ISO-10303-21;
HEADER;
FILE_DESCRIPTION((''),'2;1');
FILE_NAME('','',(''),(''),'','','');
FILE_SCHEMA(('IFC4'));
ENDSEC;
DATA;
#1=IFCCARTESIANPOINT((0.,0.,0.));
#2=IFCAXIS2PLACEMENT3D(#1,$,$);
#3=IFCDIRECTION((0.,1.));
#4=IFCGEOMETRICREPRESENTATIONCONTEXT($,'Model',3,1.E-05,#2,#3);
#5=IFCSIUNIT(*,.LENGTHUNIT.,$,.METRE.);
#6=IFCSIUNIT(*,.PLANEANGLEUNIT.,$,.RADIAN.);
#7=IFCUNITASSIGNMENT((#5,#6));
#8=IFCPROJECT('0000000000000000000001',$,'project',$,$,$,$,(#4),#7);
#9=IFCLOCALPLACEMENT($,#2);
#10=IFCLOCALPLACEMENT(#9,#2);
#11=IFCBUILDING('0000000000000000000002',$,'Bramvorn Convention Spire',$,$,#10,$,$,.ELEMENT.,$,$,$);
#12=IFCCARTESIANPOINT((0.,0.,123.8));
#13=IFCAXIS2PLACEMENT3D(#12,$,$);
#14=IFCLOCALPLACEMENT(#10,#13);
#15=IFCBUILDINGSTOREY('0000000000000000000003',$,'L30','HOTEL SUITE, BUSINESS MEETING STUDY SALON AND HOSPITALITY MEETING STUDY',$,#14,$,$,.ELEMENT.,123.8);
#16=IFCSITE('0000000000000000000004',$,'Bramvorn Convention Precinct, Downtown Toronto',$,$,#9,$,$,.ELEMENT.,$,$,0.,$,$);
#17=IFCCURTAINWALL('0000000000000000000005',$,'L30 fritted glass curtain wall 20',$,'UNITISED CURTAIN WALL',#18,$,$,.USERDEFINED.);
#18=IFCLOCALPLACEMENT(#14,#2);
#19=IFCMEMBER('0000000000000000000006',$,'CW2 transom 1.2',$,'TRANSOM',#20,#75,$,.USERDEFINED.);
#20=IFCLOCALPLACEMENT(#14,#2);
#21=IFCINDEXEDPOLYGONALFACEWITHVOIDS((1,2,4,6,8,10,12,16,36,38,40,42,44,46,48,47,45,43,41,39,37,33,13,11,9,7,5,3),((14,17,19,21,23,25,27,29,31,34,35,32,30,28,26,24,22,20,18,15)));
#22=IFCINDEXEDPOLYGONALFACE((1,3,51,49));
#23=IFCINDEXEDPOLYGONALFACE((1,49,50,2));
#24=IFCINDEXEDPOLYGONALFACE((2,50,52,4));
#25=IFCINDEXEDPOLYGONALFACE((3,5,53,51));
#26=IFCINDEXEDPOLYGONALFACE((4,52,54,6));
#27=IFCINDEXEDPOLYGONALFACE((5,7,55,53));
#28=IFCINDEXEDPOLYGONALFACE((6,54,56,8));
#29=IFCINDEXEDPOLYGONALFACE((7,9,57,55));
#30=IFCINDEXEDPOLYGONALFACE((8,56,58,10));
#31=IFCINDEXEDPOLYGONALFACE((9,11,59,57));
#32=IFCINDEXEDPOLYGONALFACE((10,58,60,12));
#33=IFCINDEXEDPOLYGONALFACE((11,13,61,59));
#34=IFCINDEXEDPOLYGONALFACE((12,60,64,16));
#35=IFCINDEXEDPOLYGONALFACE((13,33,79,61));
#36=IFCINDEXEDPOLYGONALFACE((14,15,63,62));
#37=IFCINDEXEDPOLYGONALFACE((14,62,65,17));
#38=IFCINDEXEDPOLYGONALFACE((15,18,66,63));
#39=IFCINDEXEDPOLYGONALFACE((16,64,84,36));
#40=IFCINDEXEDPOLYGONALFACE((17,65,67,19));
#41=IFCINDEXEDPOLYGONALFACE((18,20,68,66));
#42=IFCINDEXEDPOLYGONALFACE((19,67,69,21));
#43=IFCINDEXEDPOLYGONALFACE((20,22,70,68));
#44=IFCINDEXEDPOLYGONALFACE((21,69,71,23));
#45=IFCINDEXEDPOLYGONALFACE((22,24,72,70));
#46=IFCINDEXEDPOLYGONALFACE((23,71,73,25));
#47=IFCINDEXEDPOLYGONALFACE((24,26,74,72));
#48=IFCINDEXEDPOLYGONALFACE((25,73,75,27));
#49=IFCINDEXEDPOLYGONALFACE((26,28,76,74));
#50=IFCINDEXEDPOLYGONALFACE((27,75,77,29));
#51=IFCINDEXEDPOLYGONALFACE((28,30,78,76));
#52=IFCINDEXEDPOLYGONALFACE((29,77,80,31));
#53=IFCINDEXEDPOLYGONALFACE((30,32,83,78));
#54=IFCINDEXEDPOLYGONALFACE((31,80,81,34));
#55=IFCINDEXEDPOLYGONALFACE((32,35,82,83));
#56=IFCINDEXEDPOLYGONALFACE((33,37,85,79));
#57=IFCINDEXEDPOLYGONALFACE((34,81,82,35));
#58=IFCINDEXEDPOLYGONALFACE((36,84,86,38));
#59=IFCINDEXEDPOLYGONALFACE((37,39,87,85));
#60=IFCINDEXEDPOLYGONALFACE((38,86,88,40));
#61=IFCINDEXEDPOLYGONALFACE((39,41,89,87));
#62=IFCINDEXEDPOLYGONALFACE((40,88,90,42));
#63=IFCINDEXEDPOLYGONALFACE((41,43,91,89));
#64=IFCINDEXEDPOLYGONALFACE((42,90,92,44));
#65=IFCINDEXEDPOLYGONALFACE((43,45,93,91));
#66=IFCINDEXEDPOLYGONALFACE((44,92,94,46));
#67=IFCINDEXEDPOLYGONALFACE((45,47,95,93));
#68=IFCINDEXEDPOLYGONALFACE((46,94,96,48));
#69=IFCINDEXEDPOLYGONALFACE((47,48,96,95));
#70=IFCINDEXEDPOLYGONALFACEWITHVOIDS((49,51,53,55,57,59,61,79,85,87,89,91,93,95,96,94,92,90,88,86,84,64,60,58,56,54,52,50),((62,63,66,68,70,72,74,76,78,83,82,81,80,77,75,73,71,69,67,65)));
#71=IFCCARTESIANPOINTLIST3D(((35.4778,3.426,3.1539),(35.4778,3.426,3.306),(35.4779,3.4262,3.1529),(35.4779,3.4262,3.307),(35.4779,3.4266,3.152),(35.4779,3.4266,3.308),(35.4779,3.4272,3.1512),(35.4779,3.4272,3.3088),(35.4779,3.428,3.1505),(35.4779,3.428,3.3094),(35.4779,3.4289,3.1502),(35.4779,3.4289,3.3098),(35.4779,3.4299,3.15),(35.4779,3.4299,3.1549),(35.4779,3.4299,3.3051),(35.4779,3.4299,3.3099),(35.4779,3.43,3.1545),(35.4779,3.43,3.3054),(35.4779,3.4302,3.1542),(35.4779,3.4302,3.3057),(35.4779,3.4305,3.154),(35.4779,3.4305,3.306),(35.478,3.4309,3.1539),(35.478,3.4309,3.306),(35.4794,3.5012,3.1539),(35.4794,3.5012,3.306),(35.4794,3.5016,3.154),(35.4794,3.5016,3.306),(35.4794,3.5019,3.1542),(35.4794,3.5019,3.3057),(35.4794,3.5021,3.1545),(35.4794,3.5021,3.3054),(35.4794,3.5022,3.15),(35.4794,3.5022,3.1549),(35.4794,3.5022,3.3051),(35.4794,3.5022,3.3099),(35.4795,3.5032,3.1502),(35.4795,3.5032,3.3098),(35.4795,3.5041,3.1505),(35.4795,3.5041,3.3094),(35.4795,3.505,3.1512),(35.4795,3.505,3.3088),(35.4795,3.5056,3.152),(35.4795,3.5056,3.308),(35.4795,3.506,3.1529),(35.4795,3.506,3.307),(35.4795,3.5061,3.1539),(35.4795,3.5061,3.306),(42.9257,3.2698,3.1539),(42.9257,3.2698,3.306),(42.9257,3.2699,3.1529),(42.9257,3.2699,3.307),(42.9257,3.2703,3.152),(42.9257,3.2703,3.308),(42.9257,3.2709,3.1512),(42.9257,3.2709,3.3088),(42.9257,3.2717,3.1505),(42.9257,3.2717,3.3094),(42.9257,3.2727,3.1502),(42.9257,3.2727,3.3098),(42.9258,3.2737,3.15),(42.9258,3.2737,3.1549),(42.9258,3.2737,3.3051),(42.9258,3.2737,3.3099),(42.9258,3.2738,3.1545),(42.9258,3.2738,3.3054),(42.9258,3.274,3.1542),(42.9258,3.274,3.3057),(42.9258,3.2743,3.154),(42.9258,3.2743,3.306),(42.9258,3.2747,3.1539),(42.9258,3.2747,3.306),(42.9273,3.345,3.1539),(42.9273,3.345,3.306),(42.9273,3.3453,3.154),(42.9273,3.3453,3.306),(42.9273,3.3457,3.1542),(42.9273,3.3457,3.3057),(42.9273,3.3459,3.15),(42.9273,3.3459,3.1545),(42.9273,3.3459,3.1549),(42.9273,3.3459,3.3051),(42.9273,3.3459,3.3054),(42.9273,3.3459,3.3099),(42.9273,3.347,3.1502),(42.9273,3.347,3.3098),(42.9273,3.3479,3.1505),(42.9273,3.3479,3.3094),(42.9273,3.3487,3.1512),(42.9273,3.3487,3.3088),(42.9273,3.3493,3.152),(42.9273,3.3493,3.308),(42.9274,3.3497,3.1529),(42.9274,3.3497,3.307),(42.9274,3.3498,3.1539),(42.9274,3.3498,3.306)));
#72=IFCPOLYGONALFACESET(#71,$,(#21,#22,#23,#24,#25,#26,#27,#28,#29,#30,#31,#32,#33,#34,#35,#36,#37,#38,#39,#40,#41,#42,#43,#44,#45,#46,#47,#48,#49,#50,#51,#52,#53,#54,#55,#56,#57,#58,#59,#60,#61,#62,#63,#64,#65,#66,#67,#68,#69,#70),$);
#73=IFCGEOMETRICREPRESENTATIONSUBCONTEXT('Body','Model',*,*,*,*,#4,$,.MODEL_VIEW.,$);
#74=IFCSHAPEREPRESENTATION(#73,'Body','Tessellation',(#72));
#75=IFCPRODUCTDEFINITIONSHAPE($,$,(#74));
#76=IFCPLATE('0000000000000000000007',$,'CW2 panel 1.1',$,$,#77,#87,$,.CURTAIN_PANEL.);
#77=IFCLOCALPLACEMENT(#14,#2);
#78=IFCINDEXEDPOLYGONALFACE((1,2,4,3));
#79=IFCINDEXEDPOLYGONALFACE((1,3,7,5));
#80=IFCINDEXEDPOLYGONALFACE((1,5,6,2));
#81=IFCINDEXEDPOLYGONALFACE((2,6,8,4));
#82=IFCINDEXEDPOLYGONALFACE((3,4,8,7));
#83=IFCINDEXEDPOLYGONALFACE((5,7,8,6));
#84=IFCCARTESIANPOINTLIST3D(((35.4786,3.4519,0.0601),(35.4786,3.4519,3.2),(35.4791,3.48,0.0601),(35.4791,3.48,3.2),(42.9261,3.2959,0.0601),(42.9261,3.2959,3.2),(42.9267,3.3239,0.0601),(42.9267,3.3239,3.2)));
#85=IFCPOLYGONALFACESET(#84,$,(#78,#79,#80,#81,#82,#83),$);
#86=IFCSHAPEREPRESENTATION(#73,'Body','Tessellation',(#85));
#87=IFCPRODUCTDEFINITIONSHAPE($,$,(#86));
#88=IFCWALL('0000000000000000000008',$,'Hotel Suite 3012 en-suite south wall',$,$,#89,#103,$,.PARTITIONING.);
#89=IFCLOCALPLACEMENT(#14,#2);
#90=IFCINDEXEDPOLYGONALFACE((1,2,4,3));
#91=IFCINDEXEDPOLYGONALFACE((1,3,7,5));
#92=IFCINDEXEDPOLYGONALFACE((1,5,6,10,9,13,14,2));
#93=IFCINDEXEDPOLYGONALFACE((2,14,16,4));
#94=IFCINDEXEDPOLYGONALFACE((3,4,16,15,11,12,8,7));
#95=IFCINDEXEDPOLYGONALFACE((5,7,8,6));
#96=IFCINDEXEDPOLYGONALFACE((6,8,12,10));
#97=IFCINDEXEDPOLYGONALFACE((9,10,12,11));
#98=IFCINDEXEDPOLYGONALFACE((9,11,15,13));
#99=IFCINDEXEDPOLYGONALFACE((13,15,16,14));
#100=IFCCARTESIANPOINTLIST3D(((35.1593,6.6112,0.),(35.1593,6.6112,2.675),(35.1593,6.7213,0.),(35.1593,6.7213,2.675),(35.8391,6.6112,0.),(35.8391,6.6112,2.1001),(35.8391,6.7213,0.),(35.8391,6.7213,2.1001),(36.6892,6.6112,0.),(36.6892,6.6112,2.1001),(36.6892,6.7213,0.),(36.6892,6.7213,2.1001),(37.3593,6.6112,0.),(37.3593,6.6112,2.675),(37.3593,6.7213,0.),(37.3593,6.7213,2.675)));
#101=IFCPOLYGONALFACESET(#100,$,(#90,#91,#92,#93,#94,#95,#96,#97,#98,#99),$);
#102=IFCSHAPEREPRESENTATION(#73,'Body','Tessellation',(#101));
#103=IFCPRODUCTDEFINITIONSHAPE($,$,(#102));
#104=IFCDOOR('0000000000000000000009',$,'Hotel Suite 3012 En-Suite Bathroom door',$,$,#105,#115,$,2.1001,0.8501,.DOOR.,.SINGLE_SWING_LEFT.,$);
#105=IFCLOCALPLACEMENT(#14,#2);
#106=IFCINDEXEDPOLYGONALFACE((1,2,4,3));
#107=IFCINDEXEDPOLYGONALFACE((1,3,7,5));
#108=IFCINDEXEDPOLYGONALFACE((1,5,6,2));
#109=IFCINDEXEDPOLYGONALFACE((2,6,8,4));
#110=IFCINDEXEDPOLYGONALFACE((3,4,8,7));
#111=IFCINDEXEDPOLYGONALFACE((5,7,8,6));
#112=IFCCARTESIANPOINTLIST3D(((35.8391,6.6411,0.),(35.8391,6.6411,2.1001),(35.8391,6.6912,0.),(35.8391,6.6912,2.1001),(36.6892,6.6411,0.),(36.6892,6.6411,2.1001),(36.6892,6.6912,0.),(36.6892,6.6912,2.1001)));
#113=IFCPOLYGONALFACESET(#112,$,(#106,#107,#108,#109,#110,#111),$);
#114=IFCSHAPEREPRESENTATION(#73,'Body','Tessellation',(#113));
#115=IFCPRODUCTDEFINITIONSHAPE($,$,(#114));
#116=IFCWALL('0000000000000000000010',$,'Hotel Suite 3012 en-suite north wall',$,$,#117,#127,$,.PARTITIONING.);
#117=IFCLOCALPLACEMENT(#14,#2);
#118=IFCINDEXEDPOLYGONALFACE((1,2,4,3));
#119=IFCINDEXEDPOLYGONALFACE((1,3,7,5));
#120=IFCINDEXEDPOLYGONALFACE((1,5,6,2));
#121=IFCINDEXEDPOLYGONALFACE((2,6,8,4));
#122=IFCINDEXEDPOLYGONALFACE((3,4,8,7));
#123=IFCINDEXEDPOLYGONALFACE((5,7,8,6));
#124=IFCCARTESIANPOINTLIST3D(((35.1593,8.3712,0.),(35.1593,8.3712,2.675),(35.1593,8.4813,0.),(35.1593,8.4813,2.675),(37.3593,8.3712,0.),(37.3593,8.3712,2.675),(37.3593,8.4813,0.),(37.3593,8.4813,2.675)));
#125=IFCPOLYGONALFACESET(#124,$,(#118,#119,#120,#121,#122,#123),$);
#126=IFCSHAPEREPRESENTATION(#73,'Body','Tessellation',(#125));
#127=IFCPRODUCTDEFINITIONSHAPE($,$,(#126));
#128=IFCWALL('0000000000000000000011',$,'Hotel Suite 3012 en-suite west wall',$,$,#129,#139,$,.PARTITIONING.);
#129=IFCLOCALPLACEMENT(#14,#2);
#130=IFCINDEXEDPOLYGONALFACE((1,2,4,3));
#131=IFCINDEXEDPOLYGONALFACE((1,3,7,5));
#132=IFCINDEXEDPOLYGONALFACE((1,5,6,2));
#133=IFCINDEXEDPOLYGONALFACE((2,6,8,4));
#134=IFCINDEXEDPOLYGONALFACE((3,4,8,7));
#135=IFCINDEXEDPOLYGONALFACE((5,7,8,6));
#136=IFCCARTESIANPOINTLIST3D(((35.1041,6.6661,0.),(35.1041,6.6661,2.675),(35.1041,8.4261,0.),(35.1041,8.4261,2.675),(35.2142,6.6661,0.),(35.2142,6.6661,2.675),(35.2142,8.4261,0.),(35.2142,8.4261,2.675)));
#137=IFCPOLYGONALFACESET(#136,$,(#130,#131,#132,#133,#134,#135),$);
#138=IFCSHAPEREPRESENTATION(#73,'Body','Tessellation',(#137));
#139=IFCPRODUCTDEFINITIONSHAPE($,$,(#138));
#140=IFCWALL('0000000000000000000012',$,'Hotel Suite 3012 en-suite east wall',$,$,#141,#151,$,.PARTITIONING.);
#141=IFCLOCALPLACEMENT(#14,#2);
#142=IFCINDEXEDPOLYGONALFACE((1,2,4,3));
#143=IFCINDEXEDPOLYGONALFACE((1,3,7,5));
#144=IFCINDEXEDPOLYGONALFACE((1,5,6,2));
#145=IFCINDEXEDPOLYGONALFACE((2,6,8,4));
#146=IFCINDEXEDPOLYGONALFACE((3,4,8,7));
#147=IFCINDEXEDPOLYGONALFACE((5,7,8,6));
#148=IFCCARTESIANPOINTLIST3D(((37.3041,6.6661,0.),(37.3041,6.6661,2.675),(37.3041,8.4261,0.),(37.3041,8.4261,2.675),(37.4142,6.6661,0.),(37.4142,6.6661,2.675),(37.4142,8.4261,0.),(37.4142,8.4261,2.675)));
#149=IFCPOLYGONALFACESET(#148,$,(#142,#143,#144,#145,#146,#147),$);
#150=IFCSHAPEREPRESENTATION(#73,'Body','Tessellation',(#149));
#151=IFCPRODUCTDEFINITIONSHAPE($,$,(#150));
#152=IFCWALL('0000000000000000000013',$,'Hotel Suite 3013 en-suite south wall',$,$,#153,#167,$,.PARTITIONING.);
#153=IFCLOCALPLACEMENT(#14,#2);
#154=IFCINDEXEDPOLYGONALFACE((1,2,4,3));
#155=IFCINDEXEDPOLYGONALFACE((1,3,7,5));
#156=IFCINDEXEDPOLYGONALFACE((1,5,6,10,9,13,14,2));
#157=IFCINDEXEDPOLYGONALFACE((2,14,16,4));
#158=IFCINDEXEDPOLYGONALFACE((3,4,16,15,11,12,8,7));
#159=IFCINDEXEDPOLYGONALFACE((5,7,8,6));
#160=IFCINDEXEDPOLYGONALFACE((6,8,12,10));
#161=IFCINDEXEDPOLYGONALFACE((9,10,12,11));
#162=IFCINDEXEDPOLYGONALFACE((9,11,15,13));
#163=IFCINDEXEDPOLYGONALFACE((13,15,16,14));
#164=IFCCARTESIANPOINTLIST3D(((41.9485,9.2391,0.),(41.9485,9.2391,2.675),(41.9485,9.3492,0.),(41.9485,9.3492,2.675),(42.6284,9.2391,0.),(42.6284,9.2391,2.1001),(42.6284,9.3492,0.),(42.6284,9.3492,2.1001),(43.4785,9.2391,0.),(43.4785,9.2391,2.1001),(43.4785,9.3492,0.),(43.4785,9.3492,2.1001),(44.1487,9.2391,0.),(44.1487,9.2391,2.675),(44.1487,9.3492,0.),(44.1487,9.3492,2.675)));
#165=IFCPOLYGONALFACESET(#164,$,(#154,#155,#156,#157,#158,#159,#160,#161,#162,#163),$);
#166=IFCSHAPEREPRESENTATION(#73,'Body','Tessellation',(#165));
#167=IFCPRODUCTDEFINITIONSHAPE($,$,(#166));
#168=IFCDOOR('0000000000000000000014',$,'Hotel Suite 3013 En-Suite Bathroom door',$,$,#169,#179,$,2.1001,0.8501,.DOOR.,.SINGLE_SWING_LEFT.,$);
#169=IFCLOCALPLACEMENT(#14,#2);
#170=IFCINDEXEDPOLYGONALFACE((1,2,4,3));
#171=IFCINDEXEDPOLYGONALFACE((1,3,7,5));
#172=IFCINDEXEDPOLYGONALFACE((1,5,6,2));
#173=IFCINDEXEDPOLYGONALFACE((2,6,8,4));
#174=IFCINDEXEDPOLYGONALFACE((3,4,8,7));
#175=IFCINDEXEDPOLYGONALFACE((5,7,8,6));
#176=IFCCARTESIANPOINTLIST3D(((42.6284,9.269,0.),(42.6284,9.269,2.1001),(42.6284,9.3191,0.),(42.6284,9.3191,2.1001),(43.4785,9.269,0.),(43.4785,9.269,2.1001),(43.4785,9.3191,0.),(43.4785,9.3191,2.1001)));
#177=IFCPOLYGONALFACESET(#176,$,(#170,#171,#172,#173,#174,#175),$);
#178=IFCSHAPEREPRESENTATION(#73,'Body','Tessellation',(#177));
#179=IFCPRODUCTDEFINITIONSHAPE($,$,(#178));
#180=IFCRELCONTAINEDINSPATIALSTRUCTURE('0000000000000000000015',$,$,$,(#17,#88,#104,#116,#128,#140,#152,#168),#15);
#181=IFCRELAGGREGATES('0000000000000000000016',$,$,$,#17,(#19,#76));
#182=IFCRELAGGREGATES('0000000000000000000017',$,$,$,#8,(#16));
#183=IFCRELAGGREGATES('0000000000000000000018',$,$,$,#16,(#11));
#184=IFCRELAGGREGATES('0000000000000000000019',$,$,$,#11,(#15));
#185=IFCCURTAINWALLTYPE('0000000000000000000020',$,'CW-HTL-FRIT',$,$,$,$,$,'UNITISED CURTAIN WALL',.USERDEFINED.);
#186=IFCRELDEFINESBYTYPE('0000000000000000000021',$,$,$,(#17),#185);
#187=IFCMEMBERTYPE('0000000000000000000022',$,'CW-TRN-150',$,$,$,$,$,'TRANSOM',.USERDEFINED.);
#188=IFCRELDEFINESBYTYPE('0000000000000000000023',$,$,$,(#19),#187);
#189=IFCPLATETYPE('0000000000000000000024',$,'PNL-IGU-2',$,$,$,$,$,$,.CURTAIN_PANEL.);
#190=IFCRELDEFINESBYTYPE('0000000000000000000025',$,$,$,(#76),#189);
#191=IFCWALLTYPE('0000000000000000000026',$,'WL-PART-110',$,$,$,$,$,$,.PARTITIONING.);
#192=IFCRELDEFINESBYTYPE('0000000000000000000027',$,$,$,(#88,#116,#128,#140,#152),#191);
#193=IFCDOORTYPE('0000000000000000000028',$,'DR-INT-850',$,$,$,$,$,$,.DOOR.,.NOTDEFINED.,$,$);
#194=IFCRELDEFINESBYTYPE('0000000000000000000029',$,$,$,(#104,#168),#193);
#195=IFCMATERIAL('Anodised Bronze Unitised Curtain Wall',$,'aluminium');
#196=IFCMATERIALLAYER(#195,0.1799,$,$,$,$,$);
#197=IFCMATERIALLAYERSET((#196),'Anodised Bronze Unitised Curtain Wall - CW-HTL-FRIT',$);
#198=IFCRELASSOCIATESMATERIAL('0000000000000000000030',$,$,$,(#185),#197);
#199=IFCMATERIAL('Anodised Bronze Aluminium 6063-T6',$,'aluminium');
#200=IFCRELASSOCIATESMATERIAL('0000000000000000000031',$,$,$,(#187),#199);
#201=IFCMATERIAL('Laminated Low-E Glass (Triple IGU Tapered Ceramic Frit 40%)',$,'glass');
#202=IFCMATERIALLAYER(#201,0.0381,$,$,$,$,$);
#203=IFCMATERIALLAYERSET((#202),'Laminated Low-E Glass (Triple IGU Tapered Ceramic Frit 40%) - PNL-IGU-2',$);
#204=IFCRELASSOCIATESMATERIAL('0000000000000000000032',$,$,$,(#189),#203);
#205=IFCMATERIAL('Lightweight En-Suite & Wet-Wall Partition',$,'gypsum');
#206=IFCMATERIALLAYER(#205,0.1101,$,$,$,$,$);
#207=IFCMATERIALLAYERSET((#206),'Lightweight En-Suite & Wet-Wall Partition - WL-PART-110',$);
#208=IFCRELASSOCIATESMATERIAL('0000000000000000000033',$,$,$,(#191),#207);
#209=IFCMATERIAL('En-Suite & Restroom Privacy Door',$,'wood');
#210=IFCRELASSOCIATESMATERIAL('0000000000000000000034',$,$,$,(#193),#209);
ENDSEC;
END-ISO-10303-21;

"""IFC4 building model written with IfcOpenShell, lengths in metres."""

from ifc_helpers import new_model, si_unit, direction, frame, frame_2d, origin, origin_2d, place, context, subcontext, project, spatial, rectangle, hollow_rectangle, extrude, material, layer, layer_set, material_profile, profile_set, type_object, element, fill, aggregate, save


model = new_model("IFC4")

# Units and contexts
model_context = context("Model", 3, precision=1e-05, world=origin(), true_north=direction((0.0, 1.0)))
body_context = subcontext(model_context, "Body", "Model", "MODEL_VIEW")
ifc_project = project(units=[si_unit("LENGTHUNIT", "METRE"), si_unit("PLANEANGLEUNIT", "RADIAN")], contexts=[model_context])

# Site, building, storey
site_placement = place(None, origin())
site = spatial("IfcSite", under=ifc_project, at=site_placement, Name="Bramvorn Convention Precinct, Downtown Toronto", CompositionType="ELEMENT", RefElevation=0.0)
building_placement = place(site_placement, origin())
building = spatial("IfcBuilding", under=site, at=building_placement, Name="Bramvorn Convention Spire", CompositionType="ELEMENT")
storey_placement = place(building_placement, frame((0.0, 0.0, 123.8)))
storey = spatial("IfcBuildingStorey", under=building, at=storey_placement, Name="L30", Description="HOTEL SUITE, BUSINESS MEETING STUDY SALON AND HOSPITALITY MEETING STUDY", CompositionType="ELEMENT", Elevation=123.8)

# Shared definitions
ifc_material_1 = material(Name="Anodised Bronze Unitised Curtain Wall", Category="aluminium")
ifc_layer_1 = layer(ifc_material_1, 0.1799)
ifc_layer_set_1 = layer_set([ifc_layer_1], Name="Anodised Bronze Unitised Curtain Wall - CW-HTL-FRIT")
curtain_wall_type = type_object("IfcCurtainWallType", Name="CW-HTL-FRIT", ElementType="UNITISED CURTAIN WALL", PredefinedType="USERDEFINED", material=ifc_layer_set_1)
ifc_material_2 = material(Name="Anodised Bronze Aluminium 6063-T6", Category="aluminium")

# Curtain wall
curtain_wall_1_placement = place(storey_placement, origin())
curtain_wall_1 = element("IfcCurtainWall", 1, at=curtain_wall_1_placement, inside=storey, type_object=curtain_wall_type, Name="L30 fritted glass curtain wall 20", ObjectType="UNITISED CURTAIN WALL", PredefinedType="USERDEFINED")

# Member
ifc_material_profile_1 = material_profile(ifc_material_2, hollow_rectangle(XDim=0.0801, YDim=0.1599, WallThickness=0.0039, InnerFilletRadius=0.001, OuterFilletRadius=0.0039, at=origin_2d()))
ifc_profile_set_1 = profile_set([ifc_material_profile_1], Name="Anodised Bronze Aluminium 6063-T6 - CWT80X160")
member_type_1 = type_object("IfcMemberType", Name="CW-TRN-150", ElementType="TRANSOM", PredefinedType="USERDEFINED", material=ifc_profile_set_1)
member_1_placement = place(storey_placement, frame((42.9265, 3.3098, 3.23), z_axis=(-0.99978, 0.020975, 0.0), x_axis=(-0.020975, -0.99978, 0.0)))
member_1 = element("IfcMember", 2, at=member_1_placement, type_object=member_type_1, Name="CW2 transom 1.2", ObjectType="TRANSOM", PredefinedType="USERDEFINED", context=body_context, shape_type="SweptSolid", body=[
    extrude(hollow_rectangle(XDim=0.0801, YDim=0.1599, WallThickness=0.0039, InnerFilletRadius=0.001, OuterFilletRadius=0.0039, at=origin_2d()), origin(), (0.0, 0.0, 1.0), 7.4495),
])

# Plate
ifc_material_3 = material(Name="Laminated Low-E Glass (Triple IGU Tapered Ceramic Frit 40%)", Category="glass")
ifc_layer_2 = layer(ifc_material_3, 0.0381)
ifc_layer_set_2 = layer_set([ifc_layer_2], Name="Laminated Low-E Glass (Triple IGU Tapered Ceramic Frit 40%) - PNL-IGU-2")
plate_type = type_object("IfcPlateType", Name="PNL-IGU-2", PredefinedType="CURTAIN_PANEL", material=ifc_layer_set_2)
plate_placement = place(storey_placement, frame((39.2026, 3.3879, 0.0601), z_axis=(0.0, 0.0, 1.0), x_axis=(-0.99978, 0.020953, 0.0)))
plate = element("IfcPlate", 3, at=plate_placement, type_object=plate_type, Name="CW2 panel 1.1", PredefinedType="CURTAIN_PANEL", context=body_context, shape_type="SweptSolid", body=[
    extrude(rectangle(XDim=7.4492, YDim=0.0281, at=origin_2d()), origin(), (0.0, 0.0, 1.0), 3.1399),
])
aggregate(curtain_wall_1, [member_1, plate])

# Wall, opening, door
ifc_material_4 = material(Name="Lightweight En-Suite & Wet-Wall Partition", Category="gypsum")
ifc_layer_3 = layer(ifc_material_4, 0.1101)
ifc_layer_set_3 = layer_set([ifc_layer_3], Name="Lightweight En-Suite & Wet-Wall Partition - WL-PART-110")
wall_type = type_object("IfcWallType", Name="WL-PART-110", PredefinedType="PARTITIONING", material=ifc_layer_set_3)
wall_1_placement = place(storey_placement, frame((35.1592, 6.6663, 0.0), z_axis=(0.0, 0.0, 1.0), x_axis=(1.0, 0.0, 0.0)))
wall_1 = element("IfcWall", 4, at=wall_1_placement, inside=storey, type_object=wall_type, Name="Hotel Suite 3012 en-suite south wall", PredefinedType="PARTITIONING", context=body_context, shape_type="SweptSolid", body=[
    extrude(rectangle(XDim=2.2, YDim=0.1101, at=frame_2d((1.1001, 0.0))), origin(), (0.0, 0.0, 1.0), 2.675),
])
opening_1_placement = place(wall_1_placement, frame((0.6799, 0.0, 0.0)))
opening_1 = element("IfcOpeningElement", 5, at=opening_1_placement, cuts=wall_1, PredefinedType="OPENING", context=body_context, shape_type="SweptSolid", body=[
    extrude(rectangle(XDim=0.8501, YDim=2.1001, at=frame_2d((0.425, 1.05))), frame((0.0, 0.0649, 0.0), z_axis=(0.0, -1.0, 0.0), x_axis=(1.0, 0.0, 0.0)), (0.0, 0.0, 1.0), 0.1301),
])
ifc_material_5 = material(Name="En-Suite & Restroom Privacy Door", Category="wood")
door_type = type_object("IfcDoorType", Name="DR-INT-850", OperationType="NOTDEFINED", PredefinedType="DOOR", material=ifc_material_5)
door_1_placement = place(opening_1_placement, origin())
door_1 = element("IfcDoor", 6, at=door_1_placement, inside=storey, type_object=door_type, Name="Hotel Suite 3012 En-Suite Bathroom door", OperationType="SINGLE_SWING_LEFT", OverallHeight=2.1001, OverallWidth=0.8501, PredefinedType="DOOR", context=body_context, shape_type="SweptSolid", body=[
    extrude(rectangle(XDim=0.8501, YDim=2.1001, at=frame_2d((0.425, 1.05))), frame((0.0, 0.0249, 0.0), z_axis=(0.0, -1.0, 0.0), x_axis=(1.0, 0.0, 0.0)), (0.0, 0.0, 1.0), 0.05),
])
fill(opening_1, door_1)

# Walls
wall_2_placement = place(storey_placement, frame((35.1592, 8.4263, 0.0), z_axis=(0.0, 0.0, 1.0), x_axis=(1.0, 0.0, 0.0)))
element("IfcWall", 7, at=wall_2_placement, inside=storey, type_object=wall_type, Name="Hotel Suite 3012 en-suite north wall", PredefinedType="PARTITIONING", context=body_context, shape_type="SweptSolid", body=[
    extrude(rectangle(XDim=2.2, YDim=0.1101, at=frame_2d((1.1001, 0.0))), origin(), (0.0, 0.0, 1.0), 2.675),
])
for number, where, z_axis, x_axis, name in (
    (8, (35.1592, 6.6663, 0.0), (0.0, 0.0, 1.0), (0.0, 1.0, 0.0), "Hotel Suite 3012 en-suite west wall"),
    (9, (37.3591, 6.6663, 0.0), (0.0, 0.0, 1.0), (0.0, 1.0, 0.0), "Hotel Suite 3012 en-suite east wall"),
):
    element("IfcWall", number, at=place(storey_placement, frame(where, z_axis=z_axis, x_axis=x_axis)), inside=storey, type_object=wall_type, Name=name, PredefinedType="PARTITIONING", context=body_context, shape_type="SweptSolid", body=[
        extrude(rectangle(XDim=1.76, YDim=0.1101, at=frame_2d((0.8799, 0.0))), origin(), (0.0, 0.0, 1.0), 2.675),
    ])

# Wall, opening, door
wall_3_placement = place(storey_placement, frame((41.9485, 9.2942, 0.0), z_axis=(0.0, 0.0, 1.0), x_axis=(1.0, 0.0, 0.0)))
wall_3 = element("IfcWall", 10, at=wall_3_placement, inside=storey, type_object=wall_type, Name="Hotel Suite 3013 en-suite south wall", PredefinedType="PARTITIONING", context=body_context, shape_type="SweptSolid", body=[
    extrude(rectangle(XDim=2.2002, YDim=0.1101, at=frame_2d((1.1001, 0.0))), origin(), (0.0, 0.0, 1.0), 2.675),
])
opening_2_placement = place(wall_3_placement, frame((0.6799, 0.0, 0.0)))
opening_2 = element("IfcOpeningElement", 11, at=opening_2_placement, cuts=wall_3, PredefinedType="OPENING", context=body_context, shape_type="SweptSolid", body=[
    extrude(rectangle(XDim=0.8501, YDim=2.1001, at=frame_2d((0.425, 1.05))), frame((0.0, 0.0649, 0.0), z_axis=(0.0, -1.0, 0.0), x_axis=(1.0, 0.0, 0.0)), (0.0, 0.0, 1.0), 0.1301),
])
door_2_placement = place(opening_2_placement, origin())
door_2 = element("IfcDoor", 12, at=door_2_placement, inside=storey, type_object=door_type, Name="Hotel Suite 3013 En-Suite Bathroom door", OperationType="SINGLE_SWING_LEFT", OverallHeight=2.1001, OverallWidth=0.8501, PredefinedType="DOOR", context=body_context, shape_type="SweptSolid", body=[
    extrude(rectangle(XDim=0.8501, YDim=2.1001, at=frame_2d((0.425, 1.05))), frame((0.0, 0.0249, 0.0), z_axis=(0.0, -1.0, 0.0), x_axis=(1.0, 0.0, 0.0)), (0.0, 0.0, 1.0), 0.05),
])
fill(opening_2, door_2)

save(model, "model.ifc")
